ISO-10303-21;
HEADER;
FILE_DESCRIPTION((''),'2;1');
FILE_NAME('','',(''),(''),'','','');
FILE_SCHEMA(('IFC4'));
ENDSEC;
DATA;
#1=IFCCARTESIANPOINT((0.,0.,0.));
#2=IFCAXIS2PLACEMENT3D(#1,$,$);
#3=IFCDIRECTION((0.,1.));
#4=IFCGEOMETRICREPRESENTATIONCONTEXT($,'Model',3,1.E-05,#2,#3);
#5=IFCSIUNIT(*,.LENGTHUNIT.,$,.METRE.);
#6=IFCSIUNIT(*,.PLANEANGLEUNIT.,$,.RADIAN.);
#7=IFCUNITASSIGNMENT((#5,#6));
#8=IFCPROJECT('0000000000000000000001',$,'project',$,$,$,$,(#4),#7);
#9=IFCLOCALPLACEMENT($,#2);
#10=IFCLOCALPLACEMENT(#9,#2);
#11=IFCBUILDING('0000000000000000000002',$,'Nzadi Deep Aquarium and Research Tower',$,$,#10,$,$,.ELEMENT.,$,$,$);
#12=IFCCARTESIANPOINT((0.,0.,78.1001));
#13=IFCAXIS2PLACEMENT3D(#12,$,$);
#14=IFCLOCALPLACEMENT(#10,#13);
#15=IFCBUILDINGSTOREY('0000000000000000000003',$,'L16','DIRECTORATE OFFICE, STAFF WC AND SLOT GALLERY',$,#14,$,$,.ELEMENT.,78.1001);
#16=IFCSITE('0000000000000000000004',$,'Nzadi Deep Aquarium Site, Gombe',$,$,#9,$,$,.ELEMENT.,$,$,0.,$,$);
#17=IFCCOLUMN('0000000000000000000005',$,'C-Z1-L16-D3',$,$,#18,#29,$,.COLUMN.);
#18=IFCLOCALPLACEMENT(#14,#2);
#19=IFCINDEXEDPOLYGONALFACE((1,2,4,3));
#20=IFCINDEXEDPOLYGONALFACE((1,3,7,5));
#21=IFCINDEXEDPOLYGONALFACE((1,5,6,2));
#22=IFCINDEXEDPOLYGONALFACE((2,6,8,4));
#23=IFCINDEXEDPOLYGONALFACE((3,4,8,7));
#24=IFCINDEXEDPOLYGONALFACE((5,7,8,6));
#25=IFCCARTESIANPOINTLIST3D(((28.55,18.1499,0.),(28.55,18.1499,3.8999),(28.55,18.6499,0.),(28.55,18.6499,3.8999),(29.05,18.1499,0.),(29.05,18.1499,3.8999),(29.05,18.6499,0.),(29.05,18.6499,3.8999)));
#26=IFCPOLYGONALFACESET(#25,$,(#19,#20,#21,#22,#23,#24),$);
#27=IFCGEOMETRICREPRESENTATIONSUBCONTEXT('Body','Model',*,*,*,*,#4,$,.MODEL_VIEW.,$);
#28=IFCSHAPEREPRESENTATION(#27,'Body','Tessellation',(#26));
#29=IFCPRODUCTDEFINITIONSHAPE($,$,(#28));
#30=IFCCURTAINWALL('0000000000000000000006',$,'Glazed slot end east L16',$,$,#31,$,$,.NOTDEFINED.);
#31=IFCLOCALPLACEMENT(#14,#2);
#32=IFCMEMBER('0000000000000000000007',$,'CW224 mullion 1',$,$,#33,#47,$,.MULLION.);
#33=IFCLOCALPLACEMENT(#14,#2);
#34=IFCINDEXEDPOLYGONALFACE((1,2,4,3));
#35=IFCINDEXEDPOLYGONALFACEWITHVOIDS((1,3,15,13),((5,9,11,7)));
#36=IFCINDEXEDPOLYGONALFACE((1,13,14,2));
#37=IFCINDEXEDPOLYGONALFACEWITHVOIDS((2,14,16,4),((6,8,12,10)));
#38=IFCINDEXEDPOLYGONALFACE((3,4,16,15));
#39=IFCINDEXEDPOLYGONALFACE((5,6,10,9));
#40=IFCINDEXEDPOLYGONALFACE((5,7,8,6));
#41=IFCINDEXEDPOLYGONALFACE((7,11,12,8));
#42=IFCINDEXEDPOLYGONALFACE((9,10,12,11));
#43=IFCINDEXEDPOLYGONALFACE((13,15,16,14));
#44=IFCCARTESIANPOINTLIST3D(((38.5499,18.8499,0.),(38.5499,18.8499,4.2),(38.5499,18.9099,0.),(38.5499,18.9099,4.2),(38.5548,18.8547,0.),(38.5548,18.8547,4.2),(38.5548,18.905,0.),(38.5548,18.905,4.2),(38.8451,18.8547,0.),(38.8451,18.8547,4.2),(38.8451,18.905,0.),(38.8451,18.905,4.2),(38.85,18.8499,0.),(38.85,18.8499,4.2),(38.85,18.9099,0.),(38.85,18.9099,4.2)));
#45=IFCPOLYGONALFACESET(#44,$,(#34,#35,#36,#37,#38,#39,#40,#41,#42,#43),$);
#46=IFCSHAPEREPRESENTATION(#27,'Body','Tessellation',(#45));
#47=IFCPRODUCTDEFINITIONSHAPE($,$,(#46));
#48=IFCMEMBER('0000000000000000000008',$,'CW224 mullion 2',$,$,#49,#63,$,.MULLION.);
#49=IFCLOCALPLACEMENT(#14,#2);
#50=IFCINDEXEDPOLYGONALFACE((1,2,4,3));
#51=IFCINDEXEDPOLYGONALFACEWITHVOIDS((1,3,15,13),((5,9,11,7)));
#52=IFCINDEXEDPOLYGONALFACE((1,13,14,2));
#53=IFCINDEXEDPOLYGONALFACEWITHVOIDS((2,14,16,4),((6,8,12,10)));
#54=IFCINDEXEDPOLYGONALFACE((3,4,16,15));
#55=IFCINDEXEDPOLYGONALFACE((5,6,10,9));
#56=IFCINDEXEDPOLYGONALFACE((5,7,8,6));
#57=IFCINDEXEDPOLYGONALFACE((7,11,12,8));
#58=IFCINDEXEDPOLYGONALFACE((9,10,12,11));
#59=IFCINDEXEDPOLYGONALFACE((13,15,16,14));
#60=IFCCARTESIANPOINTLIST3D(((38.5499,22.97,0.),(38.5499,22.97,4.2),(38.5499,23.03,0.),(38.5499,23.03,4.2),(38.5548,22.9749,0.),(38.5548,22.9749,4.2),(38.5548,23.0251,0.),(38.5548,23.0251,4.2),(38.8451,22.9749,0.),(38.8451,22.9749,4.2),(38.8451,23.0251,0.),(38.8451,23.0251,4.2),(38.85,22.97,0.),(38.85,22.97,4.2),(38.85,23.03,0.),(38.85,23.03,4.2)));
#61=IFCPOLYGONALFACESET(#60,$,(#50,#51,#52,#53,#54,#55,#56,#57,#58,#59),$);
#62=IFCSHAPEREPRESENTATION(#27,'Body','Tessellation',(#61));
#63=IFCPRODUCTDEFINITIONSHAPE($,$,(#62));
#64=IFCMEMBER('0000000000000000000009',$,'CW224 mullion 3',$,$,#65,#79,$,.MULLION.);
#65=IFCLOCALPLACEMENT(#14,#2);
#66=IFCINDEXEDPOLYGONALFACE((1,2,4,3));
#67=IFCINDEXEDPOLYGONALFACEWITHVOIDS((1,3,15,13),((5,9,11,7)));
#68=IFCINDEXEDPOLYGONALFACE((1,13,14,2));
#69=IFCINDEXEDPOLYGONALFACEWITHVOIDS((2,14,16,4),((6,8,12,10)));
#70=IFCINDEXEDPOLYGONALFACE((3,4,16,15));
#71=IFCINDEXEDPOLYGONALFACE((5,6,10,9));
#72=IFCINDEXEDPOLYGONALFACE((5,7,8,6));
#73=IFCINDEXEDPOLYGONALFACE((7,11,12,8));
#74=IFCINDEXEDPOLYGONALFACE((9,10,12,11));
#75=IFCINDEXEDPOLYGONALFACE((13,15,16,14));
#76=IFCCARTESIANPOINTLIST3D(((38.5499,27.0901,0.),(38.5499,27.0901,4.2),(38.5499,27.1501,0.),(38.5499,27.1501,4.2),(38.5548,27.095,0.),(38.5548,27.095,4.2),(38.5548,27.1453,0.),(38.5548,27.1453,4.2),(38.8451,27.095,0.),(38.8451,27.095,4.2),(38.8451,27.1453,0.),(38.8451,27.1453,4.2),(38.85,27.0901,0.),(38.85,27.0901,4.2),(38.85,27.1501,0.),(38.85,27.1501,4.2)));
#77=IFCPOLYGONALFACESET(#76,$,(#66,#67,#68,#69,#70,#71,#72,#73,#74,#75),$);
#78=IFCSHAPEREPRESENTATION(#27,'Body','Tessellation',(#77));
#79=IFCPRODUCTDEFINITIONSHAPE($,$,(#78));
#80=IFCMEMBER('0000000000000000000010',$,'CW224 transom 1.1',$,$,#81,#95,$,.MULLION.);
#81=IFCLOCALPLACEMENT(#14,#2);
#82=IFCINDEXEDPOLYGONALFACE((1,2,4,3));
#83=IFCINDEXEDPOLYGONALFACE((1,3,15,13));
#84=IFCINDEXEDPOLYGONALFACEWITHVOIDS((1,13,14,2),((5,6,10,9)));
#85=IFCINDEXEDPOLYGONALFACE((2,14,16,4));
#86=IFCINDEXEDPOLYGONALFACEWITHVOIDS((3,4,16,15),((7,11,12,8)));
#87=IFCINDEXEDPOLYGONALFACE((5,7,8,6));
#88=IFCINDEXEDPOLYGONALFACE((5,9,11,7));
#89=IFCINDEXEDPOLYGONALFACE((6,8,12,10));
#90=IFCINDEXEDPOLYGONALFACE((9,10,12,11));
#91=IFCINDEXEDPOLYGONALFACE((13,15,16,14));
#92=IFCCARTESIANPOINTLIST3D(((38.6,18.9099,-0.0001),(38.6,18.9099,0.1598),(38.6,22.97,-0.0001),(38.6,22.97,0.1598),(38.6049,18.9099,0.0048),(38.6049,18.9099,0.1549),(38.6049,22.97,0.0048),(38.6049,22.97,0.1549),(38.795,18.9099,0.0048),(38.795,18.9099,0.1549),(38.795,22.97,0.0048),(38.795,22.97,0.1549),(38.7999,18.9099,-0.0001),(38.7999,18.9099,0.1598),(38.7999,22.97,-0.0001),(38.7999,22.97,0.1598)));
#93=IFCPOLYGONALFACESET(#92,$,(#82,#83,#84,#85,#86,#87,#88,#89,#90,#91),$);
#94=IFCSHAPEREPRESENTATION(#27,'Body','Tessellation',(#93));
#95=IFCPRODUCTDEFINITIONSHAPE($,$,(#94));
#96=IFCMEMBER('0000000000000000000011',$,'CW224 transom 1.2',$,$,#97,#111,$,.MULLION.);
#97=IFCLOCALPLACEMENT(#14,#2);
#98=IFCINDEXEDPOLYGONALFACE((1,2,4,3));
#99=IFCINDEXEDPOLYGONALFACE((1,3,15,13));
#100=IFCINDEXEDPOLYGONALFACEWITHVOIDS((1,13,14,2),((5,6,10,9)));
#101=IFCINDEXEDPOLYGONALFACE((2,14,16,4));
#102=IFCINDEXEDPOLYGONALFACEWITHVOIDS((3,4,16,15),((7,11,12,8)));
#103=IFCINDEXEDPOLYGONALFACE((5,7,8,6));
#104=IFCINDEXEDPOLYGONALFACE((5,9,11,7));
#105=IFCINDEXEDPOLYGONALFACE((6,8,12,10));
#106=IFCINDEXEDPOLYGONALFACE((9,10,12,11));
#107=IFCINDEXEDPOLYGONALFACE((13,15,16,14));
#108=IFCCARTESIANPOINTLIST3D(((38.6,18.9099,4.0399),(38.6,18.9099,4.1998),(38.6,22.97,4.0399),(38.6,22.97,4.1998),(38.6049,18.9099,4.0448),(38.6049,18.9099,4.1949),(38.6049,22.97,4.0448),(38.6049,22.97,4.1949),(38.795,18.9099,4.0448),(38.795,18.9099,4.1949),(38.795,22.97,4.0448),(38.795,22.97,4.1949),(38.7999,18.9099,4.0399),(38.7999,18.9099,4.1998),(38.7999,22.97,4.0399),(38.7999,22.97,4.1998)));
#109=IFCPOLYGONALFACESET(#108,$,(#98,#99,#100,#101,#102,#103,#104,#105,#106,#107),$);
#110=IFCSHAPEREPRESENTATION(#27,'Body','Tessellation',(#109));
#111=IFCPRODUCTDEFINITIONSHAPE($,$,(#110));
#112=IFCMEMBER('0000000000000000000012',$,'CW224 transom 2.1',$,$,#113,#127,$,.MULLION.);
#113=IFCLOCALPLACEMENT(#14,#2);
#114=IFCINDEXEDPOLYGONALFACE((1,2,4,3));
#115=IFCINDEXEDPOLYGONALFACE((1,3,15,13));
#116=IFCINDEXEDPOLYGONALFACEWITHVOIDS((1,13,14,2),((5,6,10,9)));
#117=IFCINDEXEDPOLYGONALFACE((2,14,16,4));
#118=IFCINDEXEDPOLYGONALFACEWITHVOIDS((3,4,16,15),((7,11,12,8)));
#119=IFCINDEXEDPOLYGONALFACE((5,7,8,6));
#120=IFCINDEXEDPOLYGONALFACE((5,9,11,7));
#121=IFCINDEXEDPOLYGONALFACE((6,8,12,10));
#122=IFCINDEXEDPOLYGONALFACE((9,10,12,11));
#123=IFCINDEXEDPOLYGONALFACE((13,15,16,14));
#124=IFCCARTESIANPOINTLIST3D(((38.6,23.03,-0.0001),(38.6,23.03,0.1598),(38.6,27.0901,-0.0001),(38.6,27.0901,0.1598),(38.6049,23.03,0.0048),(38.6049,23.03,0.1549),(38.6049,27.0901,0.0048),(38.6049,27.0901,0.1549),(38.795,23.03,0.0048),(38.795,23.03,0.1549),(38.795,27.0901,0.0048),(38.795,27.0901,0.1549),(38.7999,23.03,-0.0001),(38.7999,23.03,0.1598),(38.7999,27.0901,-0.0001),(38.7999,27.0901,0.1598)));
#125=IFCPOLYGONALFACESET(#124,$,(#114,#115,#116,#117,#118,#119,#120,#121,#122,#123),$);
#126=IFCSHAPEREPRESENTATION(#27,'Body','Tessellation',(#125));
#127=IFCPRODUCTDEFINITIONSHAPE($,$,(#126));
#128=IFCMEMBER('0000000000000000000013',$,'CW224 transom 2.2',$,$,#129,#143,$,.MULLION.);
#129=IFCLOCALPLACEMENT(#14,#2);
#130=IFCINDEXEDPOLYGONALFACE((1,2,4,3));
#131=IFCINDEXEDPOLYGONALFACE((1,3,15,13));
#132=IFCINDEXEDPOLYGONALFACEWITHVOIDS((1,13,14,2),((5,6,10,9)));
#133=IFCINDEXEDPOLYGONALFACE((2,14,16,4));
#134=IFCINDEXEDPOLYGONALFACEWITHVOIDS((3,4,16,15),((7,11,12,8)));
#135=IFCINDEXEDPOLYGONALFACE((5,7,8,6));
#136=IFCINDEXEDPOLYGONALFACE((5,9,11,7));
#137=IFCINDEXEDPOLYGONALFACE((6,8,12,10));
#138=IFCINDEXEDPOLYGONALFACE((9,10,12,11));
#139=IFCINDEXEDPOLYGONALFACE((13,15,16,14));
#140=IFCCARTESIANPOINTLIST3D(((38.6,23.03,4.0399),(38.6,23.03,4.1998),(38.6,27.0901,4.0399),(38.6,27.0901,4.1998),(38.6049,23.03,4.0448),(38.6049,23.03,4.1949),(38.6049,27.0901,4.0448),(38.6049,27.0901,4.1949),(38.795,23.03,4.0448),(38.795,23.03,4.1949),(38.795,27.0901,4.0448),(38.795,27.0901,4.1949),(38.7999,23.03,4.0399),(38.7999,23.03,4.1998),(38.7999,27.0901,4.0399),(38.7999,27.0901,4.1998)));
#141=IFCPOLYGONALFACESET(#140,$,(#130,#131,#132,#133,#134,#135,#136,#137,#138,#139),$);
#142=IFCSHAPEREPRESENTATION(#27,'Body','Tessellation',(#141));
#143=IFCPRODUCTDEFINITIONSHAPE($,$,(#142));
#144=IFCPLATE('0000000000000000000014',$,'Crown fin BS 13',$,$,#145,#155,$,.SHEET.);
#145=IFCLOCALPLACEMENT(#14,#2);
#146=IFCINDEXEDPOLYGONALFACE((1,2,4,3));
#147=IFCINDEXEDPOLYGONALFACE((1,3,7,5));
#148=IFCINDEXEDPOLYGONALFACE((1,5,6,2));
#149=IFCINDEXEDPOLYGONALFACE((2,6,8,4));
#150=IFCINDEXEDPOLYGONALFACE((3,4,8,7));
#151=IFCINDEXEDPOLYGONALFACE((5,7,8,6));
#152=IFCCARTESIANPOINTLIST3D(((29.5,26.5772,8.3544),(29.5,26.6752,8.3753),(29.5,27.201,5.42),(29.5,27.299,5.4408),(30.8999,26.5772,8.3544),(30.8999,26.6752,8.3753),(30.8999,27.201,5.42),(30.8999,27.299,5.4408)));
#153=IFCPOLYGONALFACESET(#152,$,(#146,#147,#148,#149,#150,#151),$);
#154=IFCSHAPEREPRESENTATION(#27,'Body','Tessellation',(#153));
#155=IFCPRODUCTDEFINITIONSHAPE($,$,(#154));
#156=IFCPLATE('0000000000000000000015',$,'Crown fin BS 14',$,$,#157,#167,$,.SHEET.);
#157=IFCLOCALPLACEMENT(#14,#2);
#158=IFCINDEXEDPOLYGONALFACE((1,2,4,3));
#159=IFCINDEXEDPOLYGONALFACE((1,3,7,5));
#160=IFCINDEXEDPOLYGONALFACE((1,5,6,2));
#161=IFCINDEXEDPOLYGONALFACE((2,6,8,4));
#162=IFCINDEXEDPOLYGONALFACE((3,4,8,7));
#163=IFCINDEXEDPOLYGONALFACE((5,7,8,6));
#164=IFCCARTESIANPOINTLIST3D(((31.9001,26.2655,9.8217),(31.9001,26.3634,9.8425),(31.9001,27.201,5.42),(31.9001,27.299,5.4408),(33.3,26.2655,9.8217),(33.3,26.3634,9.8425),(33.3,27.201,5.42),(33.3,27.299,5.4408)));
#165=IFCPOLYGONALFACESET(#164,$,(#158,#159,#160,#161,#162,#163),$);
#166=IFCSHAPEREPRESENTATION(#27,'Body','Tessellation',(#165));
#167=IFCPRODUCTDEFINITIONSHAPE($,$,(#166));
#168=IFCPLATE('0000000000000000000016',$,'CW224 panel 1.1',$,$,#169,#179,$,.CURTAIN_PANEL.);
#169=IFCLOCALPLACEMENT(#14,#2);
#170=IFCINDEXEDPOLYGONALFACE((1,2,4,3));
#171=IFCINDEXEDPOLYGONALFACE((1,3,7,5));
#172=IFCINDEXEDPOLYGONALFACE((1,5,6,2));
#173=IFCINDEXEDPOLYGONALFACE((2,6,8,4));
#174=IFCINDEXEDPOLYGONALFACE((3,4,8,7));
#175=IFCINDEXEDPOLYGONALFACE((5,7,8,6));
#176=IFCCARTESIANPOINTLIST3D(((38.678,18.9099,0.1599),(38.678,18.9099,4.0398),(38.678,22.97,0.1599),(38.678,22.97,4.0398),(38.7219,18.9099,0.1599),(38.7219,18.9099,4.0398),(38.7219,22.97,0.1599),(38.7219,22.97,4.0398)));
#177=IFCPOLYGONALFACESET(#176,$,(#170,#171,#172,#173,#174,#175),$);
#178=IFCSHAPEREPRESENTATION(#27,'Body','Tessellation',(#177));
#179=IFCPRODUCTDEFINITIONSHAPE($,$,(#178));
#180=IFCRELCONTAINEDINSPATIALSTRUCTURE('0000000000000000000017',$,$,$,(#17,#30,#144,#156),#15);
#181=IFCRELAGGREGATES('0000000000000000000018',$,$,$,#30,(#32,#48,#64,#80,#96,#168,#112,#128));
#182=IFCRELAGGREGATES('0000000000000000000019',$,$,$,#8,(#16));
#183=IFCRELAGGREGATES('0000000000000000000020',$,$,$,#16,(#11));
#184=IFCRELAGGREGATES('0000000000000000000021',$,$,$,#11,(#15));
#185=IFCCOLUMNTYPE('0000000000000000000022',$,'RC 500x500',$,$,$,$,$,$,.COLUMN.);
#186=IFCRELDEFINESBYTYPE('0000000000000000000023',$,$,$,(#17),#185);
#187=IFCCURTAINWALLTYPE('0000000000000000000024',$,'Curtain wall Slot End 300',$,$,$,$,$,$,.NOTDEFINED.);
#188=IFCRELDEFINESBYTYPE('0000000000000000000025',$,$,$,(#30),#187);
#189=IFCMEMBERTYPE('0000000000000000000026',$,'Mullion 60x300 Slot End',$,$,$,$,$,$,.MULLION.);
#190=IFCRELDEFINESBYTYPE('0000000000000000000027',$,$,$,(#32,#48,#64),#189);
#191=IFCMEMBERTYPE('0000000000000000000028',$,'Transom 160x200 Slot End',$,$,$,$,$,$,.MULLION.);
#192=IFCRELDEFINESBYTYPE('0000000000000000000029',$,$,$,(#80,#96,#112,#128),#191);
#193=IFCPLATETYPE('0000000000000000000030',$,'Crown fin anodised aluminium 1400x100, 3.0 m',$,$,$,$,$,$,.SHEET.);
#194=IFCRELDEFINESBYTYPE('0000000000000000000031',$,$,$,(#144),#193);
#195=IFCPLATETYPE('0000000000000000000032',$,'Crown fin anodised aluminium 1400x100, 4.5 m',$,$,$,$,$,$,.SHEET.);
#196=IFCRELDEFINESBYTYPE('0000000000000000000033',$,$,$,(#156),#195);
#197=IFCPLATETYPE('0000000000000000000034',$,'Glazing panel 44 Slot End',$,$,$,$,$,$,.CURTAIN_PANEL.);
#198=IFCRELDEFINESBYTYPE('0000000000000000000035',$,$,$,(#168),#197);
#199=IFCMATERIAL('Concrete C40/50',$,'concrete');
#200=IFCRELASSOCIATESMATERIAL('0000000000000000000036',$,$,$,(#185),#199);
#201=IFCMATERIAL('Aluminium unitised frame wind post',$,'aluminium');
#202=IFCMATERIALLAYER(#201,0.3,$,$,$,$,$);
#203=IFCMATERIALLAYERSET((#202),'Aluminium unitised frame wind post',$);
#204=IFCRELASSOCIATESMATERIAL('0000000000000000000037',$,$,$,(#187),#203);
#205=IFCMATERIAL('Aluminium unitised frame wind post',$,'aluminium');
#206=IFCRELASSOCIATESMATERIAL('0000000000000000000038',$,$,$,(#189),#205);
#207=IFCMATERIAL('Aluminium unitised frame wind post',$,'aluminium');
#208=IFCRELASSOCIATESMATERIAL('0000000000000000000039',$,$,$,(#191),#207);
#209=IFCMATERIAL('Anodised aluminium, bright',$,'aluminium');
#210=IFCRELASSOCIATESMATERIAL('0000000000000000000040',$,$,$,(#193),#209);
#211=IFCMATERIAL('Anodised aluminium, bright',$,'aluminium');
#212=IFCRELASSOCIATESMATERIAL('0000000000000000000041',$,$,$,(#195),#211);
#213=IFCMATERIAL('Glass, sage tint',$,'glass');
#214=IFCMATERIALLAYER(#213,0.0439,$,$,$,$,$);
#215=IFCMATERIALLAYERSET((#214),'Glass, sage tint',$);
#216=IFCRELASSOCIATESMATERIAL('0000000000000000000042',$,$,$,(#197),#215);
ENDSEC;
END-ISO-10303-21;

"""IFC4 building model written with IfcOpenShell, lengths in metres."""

from ifc_helpers import new_model, si_unit, direction, frame, origin, origin_2d, place, context, subcontext, project, spatial, rectangle, hollow_rectangle, extrude, material, layer, layer_set, material_profile, profile_set, type_object, element, aggregate, save


model = new_model("IFC4")

# Units and contexts
model_context = context("Model", 3, precision=1e-05, world=origin(), true_north=direction((0.0, 1.0)))
body_context = subcontext(model_context, "Body", "Model", "MODEL_VIEW")
ifc_project = project(units=[si_unit("LENGTHUNIT", "METRE"), si_unit("PLANEANGLEUNIT", "RADIAN")], contexts=[model_context])

# Site, building, storey
site_placement = place(None, origin())
site = spatial("IfcSite", under=ifc_project, at=site_placement, Name="Nzadi Deep Aquarium Site, Gombe", CompositionType="ELEMENT", RefElevation=0.0)
building_placement = place(site_placement, origin())
building = spatial("IfcBuilding", under=site, at=building_placement, Name="Nzadi Deep Aquarium and Research Tower", CompositionType="ELEMENT")
storey_placement = place(building_placement, frame((0.0, 0.0, 78.1001)))
storey = spatial("IfcBuildingStorey", under=building, at=storey_placement, Name="L16", Description="DIRECTORATE OFFICE, STAFF WC AND SLOT GALLERY", CompositionType="ELEMENT", Elevation=78.1001)

# Column
ifc_material_1 = material(Name="Concrete C40/50", Category="concrete")
ifc_material_profile_1 = material_profile(ifc_material_1, rectangle(XDim=0.5, YDim=0.5, at=origin_2d()))
ifc_profile_set_1 = profile_set([ifc_material_profile_1], Name="Concrete C40/50")
column_type = type_object("IfcColumnType", Name="RC 500x500", PredefinedType="COLUMN", material=ifc_profile_set_1)
column_placement = place(storey_placement, frame((28.8, 18.3999, 0.0), z_axis=(0.0, 0.0, 1.0), x_axis=(1.0, 0.0, 0.0)))
element("IfcColumn", 1, at=column_placement, inside=storey, type_object=column_type, Name="C-Z1-L16-D3", PredefinedType="COLUMN", context=body_context, shape_type="SweptSolid", body=[
    extrude(rectangle(XDim=0.5, YDim=0.5, at=origin_2d()), origin(), (0.0, 0.0, 1.0), 3.8999),
])

# Curtain wall, members
ifc_material_2 = material(Name="Aluminium unitised frame wind post", Category="aluminium")
ifc_layer_1 = layer(ifc_material_2, 0.3)
ifc_layer_set_1 = layer_set([ifc_layer_1], Name="Aluminium unitised frame wind post")
curtain_wall_type = type_object("IfcCurtainWallType", Name="Curtain wall Slot End 300", PredefinedType="NOTDEFINED", material=ifc_layer_set_1)
curtain_wall_placement = place(storey_placement, origin())
curtain_wall = element("IfcCurtainWall", 2, at=curtain_wall_placement, inside=storey, type_object=curtain_wall_type, Name="Glazed slot end east L16", PredefinedType="NOTDEFINED")
ifc_material_3 = material(Name="Aluminium unitised frame wind post", Category="aluminium")
ifc_material_profile_2 = material_profile(ifc_material_3, hollow_rectangle(XDim=0.3, YDim=0.0601, WallThickness=0.0049, at=origin_2d()))
ifc_profile_set_2 = profile_set([ifc_material_profile_2], Name="Aluminium unitised frame wind post")
member_type_1 = type_object("IfcMemberType", Name="Mullion 60x300 Slot End", PredefinedType="MULLION", material=ifc_profile_set_2)
member_1_placement = place(storey_placement, frame((38.7, 18.8799, 0.0), z_axis=(0.0, 0.0, 1.0), x_axis=(-1.0, 0.0, 0.0)))
member_1 = element("IfcMember", 3, at=member_1_placement, type_object=member_type_1, Name="CW224 mullion 1", PredefinedType="MULLION", context=body_context, shape_type="SweptSolid", body=[
    extrude(hollow_rectangle(XDim=0.3, YDim=0.0601, WallThickness=0.0049, at=origin_2d()), origin(), (0.0, 0.0, 1.0), 4.2),
])
member_2_placement = place(storey_placement, frame((38.7, 23.0, 0.0), z_axis=(0.0, 0.0, 1.0), x_axis=(-1.0, 0.0, 0.0)))
member_2 = element("IfcMember", 4, at=member_2_placement, type_object=member_type_1, Name="CW224 mullion 2", PredefinedType="MULLION", context=body_context, shape_type="SweptSolid", body=[
    extrude(hollow_rectangle(XDim=0.3, YDim=0.0601, WallThickness=0.0049, at=origin_2d()), origin(), (0.0, 0.0, 1.0), 4.2),
])
member_3_placement = place(storey_placement, frame((38.7, 27.1201, 0.0), z_axis=(0.0, 0.0, 1.0), x_axis=(-1.0, 0.0, 0.0)))
member_3 = element("IfcMember", 5, at=member_3_placement, type_object=member_type_1, Name="CW224 mullion 3", PredefinedType="MULLION", context=body_context, shape_type="SweptSolid", body=[
    extrude(hollow_rectangle(XDim=0.3, YDim=0.0601, WallThickness=0.0049, at=origin_2d()), origin(), (0.0, 0.0, 1.0), 4.2),
])
ifc_material_4 = material(Name="Aluminium unitised frame wind post", Category="aluminium")
ifc_material_profile_3 = material_profile(ifc_material_4, hollow_rectangle(XDim=0.2, YDim=0.1599, WallThickness=0.0049, at=origin_2d()))
ifc_profile_set_3 = profile_set([ifc_material_profile_3], Name="Aluminium unitised frame wind post")
member_type_2 = type_object("IfcMemberType", Name="Transom 160x200 Slot End", PredefinedType="MULLION", material=ifc_profile_set_3)
member_4_placement = place(storey_placement, frame((38.7, 18.9099, 0.0798), z_axis=(0.0, 1.0, 0.0), x_axis=(-1.0, 0.0, 0.0)))
member_4 = element("IfcMember", 6, at=member_4_placement, type_object=member_type_2, Name="CW224 transom 1.1", PredefinedType="MULLION", context=body_context, shape_type="SweptSolid", body=[
    extrude(hollow_rectangle(XDim=0.2, YDim=0.1599, WallThickness=0.0049, at=origin_2d()), origin(), (0.0, 0.0, 1.0), 4.0601),
])
member_5_placement = place(storey_placement, frame((38.7, 18.9099, 4.1199), z_axis=(0.0, 1.0, 0.0), x_axis=(-1.0, 0.0, 0.0)))
member_5 = element("IfcMember", 7, at=member_5_placement, type_object=member_type_2, Name="CW224 transom 1.2", PredefinedType="MULLION", context=body_context, shape_type="SweptSolid", body=[
    extrude(hollow_rectangle(XDim=0.2, YDim=0.1599, WallThickness=0.0049, at=origin_2d()), origin(), (0.0, 0.0, 1.0), 4.0601),
])
member_6_placement = place(storey_placement, frame((38.7, 23.03, 0.0798), z_axis=(0.0, 1.0, 0.0), x_axis=(-1.0, 0.0, 0.0)))
member_6 = element("IfcMember", 8, at=member_6_placement, type_object=member_type_2, Name="CW224 transom 2.1", PredefinedType="MULLION", context=body_context, shape_type="SweptSolid", body=[
    extrude(hollow_rectangle(XDim=0.2, YDim=0.1599, WallThickness=0.0049, at=origin_2d()), origin(), (0.0, 0.0, 1.0), 4.0601),
])
member_7_placement = place(storey_placement, frame((38.7, 23.03, 4.1199), z_axis=(0.0, 1.0, 0.0), x_axis=(-1.0, 0.0, 0.0)))
member_7 = element("IfcMember", 9, at=member_7_placement, type_object=member_type_2, Name="CW224 transom 2.2", PredefinedType="MULLION", context=body_context, shape_type="SweptSolid", body=[
    extrude(hollow_rectangle(XDim=0.2, YDim=0.1599, WallThickness=0.0049, at=origin_2d()), origin(), (0.0, 0.0, 1.0), 4.0601),
])

# Plates
ifc_material_5 = material(Name="Anodised aluminium, bright", Category="aluminium")
ifc_material_profile_4 = material_profile(ifc_material_5, rectangle(XDim=1.3999, YDim=0.1001, at=origin_2d()))
ifc_profile_set_4 = profile_set([ifc_material_profile_4], Name="Anodised aluminium, bright")
plate_type_1 = type_object("IfcPlateType", Name="Crown fin anodised aluminium 1400x100, 3.0 m", PredefinedType="SHEET", material=ifc_profile_set_4)
plate_1_placement = place(storey_placement, frame((30.2, 27.25, 5.4304), z_axis=(0.0, -0.207934, 0.978143), x_axis=(1.0, 0.0, 0.0)))
element("IfcPlate", 10, at=plate_1_placement, inside=storey, type_object=plate_type_1, Name="Crown fin BS 13", PredefinedType="SHEET", context=body_context, shape_type="SweptSolid", body=[
    extrude(rectangle(XDim=1.3999, YDim=0.1001, at=origin_2d()), origin(), (0.0, 0.0, 1.0), 3.0),
])
ifc_material_6 = material(Name="Anodised aluminium, bright", Category="aluminium")
ifc_material_profile_5 = material_profile(ifc_material_6, rectangle(XDim=1.3999, YDim=0.1001, at=origin_2d()))
ifc_profile_set_5 = profile_set([ifc_material_profile_5], Name="Anodised aluminium, bright")
plate_type_2 = type_object("IfcPlateType", Name="Crown fin anodised aluminium 1400x100, 4.5 m", PredefinedType="SHEET", material=ifc_profile_set_5)
plate_2_placement = place(storey_placement, frame((32.6001, 27.25, 5.4304), z_axis=(0.0, -0.207902, 0.97815), x_axis=(1.0, 0.0, 0.0)))
element("IfcPlate", 11, at=plate_2_placement, inside=storey, type_object=plate_type_2, Name="Crown fin BS 14", PredefinedType="SHEET", context=body_context, shape_type="SweptSolid", body=[
    extrude(rectangle(XDim=1.3999, YDim=0.1001, at=origin_2d()), origin(), (0.0, 0.0, 1.0), 4.5),
])

# Plate
ifc_material_7 = material(Name="Glass, sage tint", Category="glass")
ifc_layer_2 = layer(ifc_material_7, 0.0439)
ifc_layer_set_2 = layer_set([ifc_layer_2], Name="Glass, sage tint")
plate_type_3 = type_object("IfcPlateType", Name="Glazing panel 44 Slot End", PredefinedType="CURTAIN_PANEL", material=ifc_layer_set_2)
plate_3_placement = place(storey_placement, frame((38.7, 20.9399, 0.1599), z_axis=(0.0, 0.0, 1.0), x_axis=(0.0, 1.0, 0.0)))
plate_3 = element("IfcPlate", 12, at=plate_3_placement, type_object=plate_type_3, Name="CW224 panel 1.1", PredefinedType="CURTAIN_PANEL", context=body_context, shape_type="SweptSolid", body=[
    extrude(rectangle(XDim=4.0601, YDim=0.0439, at=origin_2d()), origin(), (0.0, 0.0, 1.0), 3.8799),
])
aggregate(curtain_wall, [member_1, member_2, member_3, member_4, member_5, plate_3, member_6, member_7])

save(model, "model.ifc")
